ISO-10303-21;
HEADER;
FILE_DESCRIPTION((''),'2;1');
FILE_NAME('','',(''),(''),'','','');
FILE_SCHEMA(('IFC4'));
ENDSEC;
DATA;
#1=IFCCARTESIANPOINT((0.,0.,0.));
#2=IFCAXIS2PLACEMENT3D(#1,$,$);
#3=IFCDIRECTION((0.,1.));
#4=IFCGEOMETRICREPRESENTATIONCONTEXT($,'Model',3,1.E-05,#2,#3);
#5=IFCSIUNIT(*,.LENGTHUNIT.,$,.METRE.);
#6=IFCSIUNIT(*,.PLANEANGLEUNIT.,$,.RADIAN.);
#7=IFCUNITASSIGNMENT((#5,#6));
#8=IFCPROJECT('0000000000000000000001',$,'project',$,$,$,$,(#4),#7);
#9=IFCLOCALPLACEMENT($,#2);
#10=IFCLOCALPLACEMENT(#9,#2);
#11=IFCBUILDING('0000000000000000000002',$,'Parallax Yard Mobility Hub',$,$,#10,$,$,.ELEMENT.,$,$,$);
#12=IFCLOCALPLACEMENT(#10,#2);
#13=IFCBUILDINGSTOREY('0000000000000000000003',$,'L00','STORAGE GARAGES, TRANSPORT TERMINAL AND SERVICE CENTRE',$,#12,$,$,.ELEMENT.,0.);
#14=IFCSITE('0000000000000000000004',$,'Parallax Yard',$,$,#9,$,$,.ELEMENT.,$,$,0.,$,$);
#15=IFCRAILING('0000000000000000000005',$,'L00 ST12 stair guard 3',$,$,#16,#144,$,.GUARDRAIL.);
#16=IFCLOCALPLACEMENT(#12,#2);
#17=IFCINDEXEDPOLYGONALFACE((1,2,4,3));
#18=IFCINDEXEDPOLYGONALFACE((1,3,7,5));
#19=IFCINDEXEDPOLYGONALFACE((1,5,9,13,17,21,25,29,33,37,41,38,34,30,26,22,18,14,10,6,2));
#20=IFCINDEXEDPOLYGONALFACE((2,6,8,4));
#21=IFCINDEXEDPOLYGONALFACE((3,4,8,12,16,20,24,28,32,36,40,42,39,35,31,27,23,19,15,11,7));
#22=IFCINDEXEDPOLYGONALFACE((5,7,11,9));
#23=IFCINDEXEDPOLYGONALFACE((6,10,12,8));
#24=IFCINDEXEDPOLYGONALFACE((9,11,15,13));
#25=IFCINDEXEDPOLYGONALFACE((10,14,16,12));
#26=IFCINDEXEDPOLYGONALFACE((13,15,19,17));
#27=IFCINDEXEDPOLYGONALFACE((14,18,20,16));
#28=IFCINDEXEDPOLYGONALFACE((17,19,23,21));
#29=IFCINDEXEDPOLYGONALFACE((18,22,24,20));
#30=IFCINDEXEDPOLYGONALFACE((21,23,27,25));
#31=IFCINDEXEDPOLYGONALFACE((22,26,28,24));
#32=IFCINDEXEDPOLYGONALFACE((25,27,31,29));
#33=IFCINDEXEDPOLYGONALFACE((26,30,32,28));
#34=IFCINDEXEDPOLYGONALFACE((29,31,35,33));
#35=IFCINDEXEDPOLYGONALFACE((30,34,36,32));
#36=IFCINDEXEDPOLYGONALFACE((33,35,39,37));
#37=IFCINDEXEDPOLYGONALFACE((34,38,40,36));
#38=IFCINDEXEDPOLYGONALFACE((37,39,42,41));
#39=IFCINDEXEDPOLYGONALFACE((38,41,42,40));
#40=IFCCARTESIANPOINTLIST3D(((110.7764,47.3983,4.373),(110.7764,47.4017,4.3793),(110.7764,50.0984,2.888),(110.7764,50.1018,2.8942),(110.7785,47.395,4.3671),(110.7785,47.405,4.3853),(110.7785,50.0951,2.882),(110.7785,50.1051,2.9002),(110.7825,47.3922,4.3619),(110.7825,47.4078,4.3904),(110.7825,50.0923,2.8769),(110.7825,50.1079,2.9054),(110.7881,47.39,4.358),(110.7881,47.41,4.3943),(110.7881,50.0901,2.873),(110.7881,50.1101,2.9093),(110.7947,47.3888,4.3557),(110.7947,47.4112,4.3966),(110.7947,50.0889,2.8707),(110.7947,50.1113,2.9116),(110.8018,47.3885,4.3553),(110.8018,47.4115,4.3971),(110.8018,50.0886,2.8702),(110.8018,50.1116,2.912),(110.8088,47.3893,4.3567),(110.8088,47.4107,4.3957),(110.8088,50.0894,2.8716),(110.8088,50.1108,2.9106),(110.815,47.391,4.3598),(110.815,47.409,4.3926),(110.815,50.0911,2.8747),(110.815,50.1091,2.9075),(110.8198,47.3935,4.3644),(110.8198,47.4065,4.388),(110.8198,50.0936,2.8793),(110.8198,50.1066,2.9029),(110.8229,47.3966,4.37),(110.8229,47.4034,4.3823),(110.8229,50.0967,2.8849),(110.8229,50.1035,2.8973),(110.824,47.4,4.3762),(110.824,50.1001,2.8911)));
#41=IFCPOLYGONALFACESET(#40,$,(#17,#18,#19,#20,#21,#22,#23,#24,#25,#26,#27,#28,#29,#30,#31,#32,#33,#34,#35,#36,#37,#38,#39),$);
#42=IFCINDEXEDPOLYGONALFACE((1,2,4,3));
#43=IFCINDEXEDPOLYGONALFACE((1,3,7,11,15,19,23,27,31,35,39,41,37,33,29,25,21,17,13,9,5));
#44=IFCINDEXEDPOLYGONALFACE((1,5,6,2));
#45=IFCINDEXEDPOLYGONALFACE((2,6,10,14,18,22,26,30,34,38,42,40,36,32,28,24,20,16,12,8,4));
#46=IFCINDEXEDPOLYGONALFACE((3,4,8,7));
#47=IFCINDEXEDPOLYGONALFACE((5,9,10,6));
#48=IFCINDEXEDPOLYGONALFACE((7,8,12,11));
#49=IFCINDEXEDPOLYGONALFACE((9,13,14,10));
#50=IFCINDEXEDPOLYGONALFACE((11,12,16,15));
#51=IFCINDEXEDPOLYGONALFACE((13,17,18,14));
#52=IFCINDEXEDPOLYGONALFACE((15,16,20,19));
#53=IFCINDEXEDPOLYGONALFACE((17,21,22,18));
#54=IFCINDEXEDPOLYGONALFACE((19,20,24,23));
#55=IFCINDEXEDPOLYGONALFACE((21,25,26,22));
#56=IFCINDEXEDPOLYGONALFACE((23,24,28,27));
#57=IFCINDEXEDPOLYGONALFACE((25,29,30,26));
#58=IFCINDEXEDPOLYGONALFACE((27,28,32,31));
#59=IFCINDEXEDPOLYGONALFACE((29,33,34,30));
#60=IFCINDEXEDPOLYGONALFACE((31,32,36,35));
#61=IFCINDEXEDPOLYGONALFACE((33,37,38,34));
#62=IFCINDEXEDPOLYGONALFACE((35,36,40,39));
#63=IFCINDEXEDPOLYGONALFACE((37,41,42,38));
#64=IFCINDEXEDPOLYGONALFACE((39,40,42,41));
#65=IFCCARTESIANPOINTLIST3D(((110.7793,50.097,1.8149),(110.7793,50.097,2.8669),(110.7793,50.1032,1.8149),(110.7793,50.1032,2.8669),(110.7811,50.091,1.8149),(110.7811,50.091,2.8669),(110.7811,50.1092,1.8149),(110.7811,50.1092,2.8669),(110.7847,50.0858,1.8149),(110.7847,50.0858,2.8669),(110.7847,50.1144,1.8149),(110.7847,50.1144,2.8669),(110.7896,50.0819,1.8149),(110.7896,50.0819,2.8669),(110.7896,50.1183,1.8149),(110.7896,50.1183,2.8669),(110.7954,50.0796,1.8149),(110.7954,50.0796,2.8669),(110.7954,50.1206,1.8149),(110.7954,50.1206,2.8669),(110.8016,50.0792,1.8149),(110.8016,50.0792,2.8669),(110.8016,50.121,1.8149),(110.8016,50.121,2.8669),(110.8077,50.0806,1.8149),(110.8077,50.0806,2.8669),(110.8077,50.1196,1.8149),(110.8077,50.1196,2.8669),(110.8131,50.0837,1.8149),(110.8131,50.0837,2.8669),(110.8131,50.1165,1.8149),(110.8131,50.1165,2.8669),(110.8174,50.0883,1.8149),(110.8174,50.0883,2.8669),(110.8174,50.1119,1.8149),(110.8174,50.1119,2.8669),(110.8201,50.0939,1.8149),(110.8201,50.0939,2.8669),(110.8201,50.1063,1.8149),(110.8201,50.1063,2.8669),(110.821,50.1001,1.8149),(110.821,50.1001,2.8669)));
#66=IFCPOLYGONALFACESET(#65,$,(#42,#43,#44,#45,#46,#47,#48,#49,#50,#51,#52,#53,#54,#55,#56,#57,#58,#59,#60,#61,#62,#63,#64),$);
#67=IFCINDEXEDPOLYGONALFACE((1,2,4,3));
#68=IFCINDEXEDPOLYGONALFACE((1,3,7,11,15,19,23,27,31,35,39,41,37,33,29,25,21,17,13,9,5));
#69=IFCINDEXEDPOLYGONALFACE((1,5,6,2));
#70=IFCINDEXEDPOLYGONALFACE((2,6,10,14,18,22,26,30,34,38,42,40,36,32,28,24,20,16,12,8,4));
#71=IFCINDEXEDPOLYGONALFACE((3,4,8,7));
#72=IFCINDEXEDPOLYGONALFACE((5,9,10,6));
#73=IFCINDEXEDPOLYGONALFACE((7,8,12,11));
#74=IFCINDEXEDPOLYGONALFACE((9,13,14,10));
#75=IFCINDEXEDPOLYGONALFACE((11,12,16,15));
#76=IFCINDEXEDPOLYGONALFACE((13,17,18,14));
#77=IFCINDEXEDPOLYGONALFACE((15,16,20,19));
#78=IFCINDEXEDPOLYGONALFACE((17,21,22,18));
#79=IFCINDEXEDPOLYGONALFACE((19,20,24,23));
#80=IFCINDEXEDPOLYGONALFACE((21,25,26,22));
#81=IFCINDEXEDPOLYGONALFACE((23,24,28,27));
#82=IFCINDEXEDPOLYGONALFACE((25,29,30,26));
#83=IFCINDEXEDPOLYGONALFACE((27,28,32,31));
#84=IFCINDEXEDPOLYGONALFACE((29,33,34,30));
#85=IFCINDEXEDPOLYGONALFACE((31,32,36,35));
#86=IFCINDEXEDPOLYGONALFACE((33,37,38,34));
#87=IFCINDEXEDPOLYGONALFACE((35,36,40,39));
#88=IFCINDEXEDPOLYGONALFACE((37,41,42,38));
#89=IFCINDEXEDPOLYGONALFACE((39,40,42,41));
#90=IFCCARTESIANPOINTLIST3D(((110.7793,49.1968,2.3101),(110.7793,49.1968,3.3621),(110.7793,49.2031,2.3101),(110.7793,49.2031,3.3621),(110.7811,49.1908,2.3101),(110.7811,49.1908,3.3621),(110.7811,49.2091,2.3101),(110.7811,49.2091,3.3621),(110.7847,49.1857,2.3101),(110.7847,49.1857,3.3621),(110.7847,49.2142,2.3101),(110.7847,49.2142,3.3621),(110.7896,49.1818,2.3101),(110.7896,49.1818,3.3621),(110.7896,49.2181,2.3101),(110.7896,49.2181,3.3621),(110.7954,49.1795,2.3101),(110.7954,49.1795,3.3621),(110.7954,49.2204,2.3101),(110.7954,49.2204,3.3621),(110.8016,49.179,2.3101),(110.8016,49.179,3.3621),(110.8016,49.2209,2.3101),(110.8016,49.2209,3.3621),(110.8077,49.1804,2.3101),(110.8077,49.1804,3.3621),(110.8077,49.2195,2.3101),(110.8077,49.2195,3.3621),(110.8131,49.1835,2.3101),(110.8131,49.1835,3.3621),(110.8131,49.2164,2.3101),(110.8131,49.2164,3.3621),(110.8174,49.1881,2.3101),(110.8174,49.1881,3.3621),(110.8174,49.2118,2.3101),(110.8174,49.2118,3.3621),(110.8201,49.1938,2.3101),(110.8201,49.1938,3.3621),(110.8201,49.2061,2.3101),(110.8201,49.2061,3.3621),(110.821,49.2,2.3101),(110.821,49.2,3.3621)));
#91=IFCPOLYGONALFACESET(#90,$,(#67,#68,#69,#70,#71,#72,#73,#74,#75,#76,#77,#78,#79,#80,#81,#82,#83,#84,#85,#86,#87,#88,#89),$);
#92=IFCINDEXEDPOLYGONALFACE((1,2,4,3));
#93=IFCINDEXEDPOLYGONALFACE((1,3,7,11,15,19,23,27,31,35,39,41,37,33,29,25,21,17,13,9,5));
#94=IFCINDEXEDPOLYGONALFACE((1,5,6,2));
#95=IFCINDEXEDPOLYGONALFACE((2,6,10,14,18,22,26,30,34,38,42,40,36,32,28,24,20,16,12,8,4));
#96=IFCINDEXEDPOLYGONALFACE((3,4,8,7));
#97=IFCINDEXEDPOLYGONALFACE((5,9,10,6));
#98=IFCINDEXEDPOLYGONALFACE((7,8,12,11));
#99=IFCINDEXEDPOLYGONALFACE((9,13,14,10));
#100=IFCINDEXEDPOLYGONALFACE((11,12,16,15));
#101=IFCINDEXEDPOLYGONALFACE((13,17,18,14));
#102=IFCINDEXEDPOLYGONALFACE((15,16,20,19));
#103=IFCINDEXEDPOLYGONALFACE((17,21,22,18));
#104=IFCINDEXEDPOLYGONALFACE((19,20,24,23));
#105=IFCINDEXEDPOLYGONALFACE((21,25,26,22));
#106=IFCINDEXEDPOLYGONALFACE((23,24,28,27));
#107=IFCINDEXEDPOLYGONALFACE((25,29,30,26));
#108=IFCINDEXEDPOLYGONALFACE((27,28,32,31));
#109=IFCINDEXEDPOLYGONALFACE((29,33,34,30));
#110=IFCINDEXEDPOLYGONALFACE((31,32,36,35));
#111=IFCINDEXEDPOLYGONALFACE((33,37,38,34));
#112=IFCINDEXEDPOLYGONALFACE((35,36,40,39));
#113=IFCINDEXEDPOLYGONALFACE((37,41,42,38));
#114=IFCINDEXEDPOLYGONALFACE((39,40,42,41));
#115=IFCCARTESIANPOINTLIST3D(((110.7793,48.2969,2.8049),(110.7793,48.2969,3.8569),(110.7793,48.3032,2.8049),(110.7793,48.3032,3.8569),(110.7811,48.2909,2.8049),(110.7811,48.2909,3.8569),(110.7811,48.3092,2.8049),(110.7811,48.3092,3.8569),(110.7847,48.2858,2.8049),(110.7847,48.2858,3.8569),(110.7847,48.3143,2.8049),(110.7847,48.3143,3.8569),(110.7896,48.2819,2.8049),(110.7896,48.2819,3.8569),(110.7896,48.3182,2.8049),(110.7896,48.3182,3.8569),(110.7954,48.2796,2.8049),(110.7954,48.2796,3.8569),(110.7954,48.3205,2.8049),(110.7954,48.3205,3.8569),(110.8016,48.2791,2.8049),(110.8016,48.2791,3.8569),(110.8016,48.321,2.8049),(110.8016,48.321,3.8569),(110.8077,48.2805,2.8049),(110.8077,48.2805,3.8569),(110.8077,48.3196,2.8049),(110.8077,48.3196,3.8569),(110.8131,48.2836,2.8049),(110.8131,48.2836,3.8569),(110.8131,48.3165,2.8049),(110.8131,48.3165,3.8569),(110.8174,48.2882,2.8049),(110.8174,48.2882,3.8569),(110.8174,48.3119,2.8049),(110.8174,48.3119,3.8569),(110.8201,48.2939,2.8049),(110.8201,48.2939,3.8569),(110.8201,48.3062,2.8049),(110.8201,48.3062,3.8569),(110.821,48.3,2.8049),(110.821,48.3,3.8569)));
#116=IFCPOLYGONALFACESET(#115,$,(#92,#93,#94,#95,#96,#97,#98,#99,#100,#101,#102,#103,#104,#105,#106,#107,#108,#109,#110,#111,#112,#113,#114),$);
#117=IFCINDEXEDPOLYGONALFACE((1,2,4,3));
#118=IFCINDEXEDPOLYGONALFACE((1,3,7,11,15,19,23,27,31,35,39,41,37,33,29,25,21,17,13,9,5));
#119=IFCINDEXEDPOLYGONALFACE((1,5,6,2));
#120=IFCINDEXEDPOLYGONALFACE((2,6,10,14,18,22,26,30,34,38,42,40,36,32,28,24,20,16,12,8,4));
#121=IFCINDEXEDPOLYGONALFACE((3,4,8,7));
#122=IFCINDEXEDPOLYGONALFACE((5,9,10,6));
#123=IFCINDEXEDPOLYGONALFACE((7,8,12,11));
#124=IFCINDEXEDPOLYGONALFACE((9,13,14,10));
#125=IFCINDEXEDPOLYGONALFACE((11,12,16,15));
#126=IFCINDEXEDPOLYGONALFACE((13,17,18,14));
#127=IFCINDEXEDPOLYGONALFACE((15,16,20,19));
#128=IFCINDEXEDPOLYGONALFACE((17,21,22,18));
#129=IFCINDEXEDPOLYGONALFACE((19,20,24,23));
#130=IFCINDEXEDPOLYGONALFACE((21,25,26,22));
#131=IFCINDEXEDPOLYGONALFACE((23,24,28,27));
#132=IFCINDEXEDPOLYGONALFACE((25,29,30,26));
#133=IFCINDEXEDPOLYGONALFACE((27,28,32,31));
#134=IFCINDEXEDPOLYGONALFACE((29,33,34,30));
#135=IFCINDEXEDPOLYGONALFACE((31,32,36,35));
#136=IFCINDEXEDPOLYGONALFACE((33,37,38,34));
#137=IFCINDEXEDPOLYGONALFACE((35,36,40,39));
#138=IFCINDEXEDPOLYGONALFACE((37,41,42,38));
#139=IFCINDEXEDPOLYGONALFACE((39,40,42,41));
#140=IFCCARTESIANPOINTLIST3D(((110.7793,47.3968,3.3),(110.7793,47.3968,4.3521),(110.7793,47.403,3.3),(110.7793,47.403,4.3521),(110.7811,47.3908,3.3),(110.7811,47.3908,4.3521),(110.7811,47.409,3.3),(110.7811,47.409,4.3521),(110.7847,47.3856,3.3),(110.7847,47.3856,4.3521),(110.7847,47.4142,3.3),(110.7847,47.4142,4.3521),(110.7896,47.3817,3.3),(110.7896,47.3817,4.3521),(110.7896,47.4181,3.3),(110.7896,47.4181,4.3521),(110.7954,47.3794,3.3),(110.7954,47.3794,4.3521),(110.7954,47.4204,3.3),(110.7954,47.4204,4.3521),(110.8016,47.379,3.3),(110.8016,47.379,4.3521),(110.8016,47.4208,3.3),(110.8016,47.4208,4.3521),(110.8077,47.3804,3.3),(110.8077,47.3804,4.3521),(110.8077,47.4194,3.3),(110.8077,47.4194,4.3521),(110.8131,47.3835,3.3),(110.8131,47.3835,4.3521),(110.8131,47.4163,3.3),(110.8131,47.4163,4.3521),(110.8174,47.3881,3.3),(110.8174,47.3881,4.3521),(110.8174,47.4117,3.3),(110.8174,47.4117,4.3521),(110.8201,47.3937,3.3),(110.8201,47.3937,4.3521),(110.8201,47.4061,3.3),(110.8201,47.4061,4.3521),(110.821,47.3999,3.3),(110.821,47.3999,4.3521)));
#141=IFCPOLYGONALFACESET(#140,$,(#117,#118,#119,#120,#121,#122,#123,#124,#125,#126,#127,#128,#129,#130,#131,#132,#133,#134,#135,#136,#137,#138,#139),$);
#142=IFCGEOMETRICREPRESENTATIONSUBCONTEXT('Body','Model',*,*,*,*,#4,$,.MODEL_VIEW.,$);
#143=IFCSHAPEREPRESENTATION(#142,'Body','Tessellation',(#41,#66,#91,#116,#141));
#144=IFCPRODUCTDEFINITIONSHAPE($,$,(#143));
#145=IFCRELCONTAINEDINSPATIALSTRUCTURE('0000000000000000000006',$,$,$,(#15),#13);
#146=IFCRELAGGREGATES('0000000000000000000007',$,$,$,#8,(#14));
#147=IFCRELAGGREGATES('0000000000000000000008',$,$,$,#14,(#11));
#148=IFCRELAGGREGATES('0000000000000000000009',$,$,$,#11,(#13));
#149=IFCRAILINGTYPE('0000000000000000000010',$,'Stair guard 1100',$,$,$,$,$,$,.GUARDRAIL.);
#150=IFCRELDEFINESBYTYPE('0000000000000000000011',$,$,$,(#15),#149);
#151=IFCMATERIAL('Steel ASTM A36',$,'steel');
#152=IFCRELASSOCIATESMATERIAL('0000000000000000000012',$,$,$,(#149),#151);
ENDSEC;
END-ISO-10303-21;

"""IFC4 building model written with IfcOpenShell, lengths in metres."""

from ifc_helpers import new_model, si_unit, direction, frame, origin, origin_2d, place, context, subcontext, project, spatial, circle, extrude, material, type_object, element, save


model = new_model("IFC4")

# Units and contexts
model_context = context("Model", 3, precision=1e-05, world=origin(), true_north=direction((0.0, 1.0)))
body_context = subcontext(model_context, "Body", "Model", "MODEL_VIEW")
ifc_project = project(units=[si_unit("LENGTHUNIT", "METRE"), si_unit("PLANEANGLEUNIT", "RADIAN")], contexts=[model_context])

# Site, building, storey
site_placement = place(None, origin())
site = spatial("IfcSite", under=ifc_project, at=site_placement, Name="Parallax Yard", CompositionType="ELEMENT", RefElevation=0.0)
building_placement = place(site_placement, origin())
building = spatial("IfcBuilding", under=site, at=building_placement, Name="Parallax Yard Mobility Hub", CompositionType="ELEMENT")
storey_placement = place(building_placement, origin())
storey = spatial("IfcBuildingStorey", under=building, at=storey_placement, Name="L00", Description="STORAGE GARAGES, TRANSPORT TERMINAL AND SERVICE CENTRE", CompositionType="ELEMENT", Elevation=0.0)

# Railing
ifc_material_1 = material(Name="Steel ASTM A36", Category="steel")
railing_type_1 = type_object("IfcRailingType", Name="Stair guard 1100", PredefinedType="GUARDRAIL", material=ifc_material_1)
railing_1_placement = place(storey_placement, frame((110.8, 50.1001, 1.8149)))
element("IfcRailing", 1, at=railing_1_placement, inside=storey, type_object=railing_type_1, Name="L00 ST12 stair guard 3", PredefinedType="GUARDRAIL", context=body_context, shape_type="SweptSolid", body=[
    extrude(circle(Radius=0.0239, at=origin_2d()), frame((0.0, 0.0, 1.0762), z_axis=(0.0, -0.876216, 0.481919), x_axis=(1.0, 0.0, 0.0)), (0.0, 0.0, 1.0), 3.0815),
    extrude(circle(Radius=0.021, at=origin_2d()), origin(), (0.0, 0.0, 1.0), 1.052),
    extrude(circle(Radius=0.021, at=origin_2d()), frame((0.0, -0.9001, 0.4951)), (0.0, 0.0, 1.0), 1.052),
    extrude(circle(Radius=0.021, at=origin_2d()), frame((0.0, -1.8, 0.99)), (0.0, 0.0, 1.0), 1.052),
    extrude(circle(Radius=0.021, at=origin_2d()), frame((0.0, -2.7002, 1.4851)), (0.0, 0.0, 1.0), 1.052),
])

save(model, "model.ifc")
